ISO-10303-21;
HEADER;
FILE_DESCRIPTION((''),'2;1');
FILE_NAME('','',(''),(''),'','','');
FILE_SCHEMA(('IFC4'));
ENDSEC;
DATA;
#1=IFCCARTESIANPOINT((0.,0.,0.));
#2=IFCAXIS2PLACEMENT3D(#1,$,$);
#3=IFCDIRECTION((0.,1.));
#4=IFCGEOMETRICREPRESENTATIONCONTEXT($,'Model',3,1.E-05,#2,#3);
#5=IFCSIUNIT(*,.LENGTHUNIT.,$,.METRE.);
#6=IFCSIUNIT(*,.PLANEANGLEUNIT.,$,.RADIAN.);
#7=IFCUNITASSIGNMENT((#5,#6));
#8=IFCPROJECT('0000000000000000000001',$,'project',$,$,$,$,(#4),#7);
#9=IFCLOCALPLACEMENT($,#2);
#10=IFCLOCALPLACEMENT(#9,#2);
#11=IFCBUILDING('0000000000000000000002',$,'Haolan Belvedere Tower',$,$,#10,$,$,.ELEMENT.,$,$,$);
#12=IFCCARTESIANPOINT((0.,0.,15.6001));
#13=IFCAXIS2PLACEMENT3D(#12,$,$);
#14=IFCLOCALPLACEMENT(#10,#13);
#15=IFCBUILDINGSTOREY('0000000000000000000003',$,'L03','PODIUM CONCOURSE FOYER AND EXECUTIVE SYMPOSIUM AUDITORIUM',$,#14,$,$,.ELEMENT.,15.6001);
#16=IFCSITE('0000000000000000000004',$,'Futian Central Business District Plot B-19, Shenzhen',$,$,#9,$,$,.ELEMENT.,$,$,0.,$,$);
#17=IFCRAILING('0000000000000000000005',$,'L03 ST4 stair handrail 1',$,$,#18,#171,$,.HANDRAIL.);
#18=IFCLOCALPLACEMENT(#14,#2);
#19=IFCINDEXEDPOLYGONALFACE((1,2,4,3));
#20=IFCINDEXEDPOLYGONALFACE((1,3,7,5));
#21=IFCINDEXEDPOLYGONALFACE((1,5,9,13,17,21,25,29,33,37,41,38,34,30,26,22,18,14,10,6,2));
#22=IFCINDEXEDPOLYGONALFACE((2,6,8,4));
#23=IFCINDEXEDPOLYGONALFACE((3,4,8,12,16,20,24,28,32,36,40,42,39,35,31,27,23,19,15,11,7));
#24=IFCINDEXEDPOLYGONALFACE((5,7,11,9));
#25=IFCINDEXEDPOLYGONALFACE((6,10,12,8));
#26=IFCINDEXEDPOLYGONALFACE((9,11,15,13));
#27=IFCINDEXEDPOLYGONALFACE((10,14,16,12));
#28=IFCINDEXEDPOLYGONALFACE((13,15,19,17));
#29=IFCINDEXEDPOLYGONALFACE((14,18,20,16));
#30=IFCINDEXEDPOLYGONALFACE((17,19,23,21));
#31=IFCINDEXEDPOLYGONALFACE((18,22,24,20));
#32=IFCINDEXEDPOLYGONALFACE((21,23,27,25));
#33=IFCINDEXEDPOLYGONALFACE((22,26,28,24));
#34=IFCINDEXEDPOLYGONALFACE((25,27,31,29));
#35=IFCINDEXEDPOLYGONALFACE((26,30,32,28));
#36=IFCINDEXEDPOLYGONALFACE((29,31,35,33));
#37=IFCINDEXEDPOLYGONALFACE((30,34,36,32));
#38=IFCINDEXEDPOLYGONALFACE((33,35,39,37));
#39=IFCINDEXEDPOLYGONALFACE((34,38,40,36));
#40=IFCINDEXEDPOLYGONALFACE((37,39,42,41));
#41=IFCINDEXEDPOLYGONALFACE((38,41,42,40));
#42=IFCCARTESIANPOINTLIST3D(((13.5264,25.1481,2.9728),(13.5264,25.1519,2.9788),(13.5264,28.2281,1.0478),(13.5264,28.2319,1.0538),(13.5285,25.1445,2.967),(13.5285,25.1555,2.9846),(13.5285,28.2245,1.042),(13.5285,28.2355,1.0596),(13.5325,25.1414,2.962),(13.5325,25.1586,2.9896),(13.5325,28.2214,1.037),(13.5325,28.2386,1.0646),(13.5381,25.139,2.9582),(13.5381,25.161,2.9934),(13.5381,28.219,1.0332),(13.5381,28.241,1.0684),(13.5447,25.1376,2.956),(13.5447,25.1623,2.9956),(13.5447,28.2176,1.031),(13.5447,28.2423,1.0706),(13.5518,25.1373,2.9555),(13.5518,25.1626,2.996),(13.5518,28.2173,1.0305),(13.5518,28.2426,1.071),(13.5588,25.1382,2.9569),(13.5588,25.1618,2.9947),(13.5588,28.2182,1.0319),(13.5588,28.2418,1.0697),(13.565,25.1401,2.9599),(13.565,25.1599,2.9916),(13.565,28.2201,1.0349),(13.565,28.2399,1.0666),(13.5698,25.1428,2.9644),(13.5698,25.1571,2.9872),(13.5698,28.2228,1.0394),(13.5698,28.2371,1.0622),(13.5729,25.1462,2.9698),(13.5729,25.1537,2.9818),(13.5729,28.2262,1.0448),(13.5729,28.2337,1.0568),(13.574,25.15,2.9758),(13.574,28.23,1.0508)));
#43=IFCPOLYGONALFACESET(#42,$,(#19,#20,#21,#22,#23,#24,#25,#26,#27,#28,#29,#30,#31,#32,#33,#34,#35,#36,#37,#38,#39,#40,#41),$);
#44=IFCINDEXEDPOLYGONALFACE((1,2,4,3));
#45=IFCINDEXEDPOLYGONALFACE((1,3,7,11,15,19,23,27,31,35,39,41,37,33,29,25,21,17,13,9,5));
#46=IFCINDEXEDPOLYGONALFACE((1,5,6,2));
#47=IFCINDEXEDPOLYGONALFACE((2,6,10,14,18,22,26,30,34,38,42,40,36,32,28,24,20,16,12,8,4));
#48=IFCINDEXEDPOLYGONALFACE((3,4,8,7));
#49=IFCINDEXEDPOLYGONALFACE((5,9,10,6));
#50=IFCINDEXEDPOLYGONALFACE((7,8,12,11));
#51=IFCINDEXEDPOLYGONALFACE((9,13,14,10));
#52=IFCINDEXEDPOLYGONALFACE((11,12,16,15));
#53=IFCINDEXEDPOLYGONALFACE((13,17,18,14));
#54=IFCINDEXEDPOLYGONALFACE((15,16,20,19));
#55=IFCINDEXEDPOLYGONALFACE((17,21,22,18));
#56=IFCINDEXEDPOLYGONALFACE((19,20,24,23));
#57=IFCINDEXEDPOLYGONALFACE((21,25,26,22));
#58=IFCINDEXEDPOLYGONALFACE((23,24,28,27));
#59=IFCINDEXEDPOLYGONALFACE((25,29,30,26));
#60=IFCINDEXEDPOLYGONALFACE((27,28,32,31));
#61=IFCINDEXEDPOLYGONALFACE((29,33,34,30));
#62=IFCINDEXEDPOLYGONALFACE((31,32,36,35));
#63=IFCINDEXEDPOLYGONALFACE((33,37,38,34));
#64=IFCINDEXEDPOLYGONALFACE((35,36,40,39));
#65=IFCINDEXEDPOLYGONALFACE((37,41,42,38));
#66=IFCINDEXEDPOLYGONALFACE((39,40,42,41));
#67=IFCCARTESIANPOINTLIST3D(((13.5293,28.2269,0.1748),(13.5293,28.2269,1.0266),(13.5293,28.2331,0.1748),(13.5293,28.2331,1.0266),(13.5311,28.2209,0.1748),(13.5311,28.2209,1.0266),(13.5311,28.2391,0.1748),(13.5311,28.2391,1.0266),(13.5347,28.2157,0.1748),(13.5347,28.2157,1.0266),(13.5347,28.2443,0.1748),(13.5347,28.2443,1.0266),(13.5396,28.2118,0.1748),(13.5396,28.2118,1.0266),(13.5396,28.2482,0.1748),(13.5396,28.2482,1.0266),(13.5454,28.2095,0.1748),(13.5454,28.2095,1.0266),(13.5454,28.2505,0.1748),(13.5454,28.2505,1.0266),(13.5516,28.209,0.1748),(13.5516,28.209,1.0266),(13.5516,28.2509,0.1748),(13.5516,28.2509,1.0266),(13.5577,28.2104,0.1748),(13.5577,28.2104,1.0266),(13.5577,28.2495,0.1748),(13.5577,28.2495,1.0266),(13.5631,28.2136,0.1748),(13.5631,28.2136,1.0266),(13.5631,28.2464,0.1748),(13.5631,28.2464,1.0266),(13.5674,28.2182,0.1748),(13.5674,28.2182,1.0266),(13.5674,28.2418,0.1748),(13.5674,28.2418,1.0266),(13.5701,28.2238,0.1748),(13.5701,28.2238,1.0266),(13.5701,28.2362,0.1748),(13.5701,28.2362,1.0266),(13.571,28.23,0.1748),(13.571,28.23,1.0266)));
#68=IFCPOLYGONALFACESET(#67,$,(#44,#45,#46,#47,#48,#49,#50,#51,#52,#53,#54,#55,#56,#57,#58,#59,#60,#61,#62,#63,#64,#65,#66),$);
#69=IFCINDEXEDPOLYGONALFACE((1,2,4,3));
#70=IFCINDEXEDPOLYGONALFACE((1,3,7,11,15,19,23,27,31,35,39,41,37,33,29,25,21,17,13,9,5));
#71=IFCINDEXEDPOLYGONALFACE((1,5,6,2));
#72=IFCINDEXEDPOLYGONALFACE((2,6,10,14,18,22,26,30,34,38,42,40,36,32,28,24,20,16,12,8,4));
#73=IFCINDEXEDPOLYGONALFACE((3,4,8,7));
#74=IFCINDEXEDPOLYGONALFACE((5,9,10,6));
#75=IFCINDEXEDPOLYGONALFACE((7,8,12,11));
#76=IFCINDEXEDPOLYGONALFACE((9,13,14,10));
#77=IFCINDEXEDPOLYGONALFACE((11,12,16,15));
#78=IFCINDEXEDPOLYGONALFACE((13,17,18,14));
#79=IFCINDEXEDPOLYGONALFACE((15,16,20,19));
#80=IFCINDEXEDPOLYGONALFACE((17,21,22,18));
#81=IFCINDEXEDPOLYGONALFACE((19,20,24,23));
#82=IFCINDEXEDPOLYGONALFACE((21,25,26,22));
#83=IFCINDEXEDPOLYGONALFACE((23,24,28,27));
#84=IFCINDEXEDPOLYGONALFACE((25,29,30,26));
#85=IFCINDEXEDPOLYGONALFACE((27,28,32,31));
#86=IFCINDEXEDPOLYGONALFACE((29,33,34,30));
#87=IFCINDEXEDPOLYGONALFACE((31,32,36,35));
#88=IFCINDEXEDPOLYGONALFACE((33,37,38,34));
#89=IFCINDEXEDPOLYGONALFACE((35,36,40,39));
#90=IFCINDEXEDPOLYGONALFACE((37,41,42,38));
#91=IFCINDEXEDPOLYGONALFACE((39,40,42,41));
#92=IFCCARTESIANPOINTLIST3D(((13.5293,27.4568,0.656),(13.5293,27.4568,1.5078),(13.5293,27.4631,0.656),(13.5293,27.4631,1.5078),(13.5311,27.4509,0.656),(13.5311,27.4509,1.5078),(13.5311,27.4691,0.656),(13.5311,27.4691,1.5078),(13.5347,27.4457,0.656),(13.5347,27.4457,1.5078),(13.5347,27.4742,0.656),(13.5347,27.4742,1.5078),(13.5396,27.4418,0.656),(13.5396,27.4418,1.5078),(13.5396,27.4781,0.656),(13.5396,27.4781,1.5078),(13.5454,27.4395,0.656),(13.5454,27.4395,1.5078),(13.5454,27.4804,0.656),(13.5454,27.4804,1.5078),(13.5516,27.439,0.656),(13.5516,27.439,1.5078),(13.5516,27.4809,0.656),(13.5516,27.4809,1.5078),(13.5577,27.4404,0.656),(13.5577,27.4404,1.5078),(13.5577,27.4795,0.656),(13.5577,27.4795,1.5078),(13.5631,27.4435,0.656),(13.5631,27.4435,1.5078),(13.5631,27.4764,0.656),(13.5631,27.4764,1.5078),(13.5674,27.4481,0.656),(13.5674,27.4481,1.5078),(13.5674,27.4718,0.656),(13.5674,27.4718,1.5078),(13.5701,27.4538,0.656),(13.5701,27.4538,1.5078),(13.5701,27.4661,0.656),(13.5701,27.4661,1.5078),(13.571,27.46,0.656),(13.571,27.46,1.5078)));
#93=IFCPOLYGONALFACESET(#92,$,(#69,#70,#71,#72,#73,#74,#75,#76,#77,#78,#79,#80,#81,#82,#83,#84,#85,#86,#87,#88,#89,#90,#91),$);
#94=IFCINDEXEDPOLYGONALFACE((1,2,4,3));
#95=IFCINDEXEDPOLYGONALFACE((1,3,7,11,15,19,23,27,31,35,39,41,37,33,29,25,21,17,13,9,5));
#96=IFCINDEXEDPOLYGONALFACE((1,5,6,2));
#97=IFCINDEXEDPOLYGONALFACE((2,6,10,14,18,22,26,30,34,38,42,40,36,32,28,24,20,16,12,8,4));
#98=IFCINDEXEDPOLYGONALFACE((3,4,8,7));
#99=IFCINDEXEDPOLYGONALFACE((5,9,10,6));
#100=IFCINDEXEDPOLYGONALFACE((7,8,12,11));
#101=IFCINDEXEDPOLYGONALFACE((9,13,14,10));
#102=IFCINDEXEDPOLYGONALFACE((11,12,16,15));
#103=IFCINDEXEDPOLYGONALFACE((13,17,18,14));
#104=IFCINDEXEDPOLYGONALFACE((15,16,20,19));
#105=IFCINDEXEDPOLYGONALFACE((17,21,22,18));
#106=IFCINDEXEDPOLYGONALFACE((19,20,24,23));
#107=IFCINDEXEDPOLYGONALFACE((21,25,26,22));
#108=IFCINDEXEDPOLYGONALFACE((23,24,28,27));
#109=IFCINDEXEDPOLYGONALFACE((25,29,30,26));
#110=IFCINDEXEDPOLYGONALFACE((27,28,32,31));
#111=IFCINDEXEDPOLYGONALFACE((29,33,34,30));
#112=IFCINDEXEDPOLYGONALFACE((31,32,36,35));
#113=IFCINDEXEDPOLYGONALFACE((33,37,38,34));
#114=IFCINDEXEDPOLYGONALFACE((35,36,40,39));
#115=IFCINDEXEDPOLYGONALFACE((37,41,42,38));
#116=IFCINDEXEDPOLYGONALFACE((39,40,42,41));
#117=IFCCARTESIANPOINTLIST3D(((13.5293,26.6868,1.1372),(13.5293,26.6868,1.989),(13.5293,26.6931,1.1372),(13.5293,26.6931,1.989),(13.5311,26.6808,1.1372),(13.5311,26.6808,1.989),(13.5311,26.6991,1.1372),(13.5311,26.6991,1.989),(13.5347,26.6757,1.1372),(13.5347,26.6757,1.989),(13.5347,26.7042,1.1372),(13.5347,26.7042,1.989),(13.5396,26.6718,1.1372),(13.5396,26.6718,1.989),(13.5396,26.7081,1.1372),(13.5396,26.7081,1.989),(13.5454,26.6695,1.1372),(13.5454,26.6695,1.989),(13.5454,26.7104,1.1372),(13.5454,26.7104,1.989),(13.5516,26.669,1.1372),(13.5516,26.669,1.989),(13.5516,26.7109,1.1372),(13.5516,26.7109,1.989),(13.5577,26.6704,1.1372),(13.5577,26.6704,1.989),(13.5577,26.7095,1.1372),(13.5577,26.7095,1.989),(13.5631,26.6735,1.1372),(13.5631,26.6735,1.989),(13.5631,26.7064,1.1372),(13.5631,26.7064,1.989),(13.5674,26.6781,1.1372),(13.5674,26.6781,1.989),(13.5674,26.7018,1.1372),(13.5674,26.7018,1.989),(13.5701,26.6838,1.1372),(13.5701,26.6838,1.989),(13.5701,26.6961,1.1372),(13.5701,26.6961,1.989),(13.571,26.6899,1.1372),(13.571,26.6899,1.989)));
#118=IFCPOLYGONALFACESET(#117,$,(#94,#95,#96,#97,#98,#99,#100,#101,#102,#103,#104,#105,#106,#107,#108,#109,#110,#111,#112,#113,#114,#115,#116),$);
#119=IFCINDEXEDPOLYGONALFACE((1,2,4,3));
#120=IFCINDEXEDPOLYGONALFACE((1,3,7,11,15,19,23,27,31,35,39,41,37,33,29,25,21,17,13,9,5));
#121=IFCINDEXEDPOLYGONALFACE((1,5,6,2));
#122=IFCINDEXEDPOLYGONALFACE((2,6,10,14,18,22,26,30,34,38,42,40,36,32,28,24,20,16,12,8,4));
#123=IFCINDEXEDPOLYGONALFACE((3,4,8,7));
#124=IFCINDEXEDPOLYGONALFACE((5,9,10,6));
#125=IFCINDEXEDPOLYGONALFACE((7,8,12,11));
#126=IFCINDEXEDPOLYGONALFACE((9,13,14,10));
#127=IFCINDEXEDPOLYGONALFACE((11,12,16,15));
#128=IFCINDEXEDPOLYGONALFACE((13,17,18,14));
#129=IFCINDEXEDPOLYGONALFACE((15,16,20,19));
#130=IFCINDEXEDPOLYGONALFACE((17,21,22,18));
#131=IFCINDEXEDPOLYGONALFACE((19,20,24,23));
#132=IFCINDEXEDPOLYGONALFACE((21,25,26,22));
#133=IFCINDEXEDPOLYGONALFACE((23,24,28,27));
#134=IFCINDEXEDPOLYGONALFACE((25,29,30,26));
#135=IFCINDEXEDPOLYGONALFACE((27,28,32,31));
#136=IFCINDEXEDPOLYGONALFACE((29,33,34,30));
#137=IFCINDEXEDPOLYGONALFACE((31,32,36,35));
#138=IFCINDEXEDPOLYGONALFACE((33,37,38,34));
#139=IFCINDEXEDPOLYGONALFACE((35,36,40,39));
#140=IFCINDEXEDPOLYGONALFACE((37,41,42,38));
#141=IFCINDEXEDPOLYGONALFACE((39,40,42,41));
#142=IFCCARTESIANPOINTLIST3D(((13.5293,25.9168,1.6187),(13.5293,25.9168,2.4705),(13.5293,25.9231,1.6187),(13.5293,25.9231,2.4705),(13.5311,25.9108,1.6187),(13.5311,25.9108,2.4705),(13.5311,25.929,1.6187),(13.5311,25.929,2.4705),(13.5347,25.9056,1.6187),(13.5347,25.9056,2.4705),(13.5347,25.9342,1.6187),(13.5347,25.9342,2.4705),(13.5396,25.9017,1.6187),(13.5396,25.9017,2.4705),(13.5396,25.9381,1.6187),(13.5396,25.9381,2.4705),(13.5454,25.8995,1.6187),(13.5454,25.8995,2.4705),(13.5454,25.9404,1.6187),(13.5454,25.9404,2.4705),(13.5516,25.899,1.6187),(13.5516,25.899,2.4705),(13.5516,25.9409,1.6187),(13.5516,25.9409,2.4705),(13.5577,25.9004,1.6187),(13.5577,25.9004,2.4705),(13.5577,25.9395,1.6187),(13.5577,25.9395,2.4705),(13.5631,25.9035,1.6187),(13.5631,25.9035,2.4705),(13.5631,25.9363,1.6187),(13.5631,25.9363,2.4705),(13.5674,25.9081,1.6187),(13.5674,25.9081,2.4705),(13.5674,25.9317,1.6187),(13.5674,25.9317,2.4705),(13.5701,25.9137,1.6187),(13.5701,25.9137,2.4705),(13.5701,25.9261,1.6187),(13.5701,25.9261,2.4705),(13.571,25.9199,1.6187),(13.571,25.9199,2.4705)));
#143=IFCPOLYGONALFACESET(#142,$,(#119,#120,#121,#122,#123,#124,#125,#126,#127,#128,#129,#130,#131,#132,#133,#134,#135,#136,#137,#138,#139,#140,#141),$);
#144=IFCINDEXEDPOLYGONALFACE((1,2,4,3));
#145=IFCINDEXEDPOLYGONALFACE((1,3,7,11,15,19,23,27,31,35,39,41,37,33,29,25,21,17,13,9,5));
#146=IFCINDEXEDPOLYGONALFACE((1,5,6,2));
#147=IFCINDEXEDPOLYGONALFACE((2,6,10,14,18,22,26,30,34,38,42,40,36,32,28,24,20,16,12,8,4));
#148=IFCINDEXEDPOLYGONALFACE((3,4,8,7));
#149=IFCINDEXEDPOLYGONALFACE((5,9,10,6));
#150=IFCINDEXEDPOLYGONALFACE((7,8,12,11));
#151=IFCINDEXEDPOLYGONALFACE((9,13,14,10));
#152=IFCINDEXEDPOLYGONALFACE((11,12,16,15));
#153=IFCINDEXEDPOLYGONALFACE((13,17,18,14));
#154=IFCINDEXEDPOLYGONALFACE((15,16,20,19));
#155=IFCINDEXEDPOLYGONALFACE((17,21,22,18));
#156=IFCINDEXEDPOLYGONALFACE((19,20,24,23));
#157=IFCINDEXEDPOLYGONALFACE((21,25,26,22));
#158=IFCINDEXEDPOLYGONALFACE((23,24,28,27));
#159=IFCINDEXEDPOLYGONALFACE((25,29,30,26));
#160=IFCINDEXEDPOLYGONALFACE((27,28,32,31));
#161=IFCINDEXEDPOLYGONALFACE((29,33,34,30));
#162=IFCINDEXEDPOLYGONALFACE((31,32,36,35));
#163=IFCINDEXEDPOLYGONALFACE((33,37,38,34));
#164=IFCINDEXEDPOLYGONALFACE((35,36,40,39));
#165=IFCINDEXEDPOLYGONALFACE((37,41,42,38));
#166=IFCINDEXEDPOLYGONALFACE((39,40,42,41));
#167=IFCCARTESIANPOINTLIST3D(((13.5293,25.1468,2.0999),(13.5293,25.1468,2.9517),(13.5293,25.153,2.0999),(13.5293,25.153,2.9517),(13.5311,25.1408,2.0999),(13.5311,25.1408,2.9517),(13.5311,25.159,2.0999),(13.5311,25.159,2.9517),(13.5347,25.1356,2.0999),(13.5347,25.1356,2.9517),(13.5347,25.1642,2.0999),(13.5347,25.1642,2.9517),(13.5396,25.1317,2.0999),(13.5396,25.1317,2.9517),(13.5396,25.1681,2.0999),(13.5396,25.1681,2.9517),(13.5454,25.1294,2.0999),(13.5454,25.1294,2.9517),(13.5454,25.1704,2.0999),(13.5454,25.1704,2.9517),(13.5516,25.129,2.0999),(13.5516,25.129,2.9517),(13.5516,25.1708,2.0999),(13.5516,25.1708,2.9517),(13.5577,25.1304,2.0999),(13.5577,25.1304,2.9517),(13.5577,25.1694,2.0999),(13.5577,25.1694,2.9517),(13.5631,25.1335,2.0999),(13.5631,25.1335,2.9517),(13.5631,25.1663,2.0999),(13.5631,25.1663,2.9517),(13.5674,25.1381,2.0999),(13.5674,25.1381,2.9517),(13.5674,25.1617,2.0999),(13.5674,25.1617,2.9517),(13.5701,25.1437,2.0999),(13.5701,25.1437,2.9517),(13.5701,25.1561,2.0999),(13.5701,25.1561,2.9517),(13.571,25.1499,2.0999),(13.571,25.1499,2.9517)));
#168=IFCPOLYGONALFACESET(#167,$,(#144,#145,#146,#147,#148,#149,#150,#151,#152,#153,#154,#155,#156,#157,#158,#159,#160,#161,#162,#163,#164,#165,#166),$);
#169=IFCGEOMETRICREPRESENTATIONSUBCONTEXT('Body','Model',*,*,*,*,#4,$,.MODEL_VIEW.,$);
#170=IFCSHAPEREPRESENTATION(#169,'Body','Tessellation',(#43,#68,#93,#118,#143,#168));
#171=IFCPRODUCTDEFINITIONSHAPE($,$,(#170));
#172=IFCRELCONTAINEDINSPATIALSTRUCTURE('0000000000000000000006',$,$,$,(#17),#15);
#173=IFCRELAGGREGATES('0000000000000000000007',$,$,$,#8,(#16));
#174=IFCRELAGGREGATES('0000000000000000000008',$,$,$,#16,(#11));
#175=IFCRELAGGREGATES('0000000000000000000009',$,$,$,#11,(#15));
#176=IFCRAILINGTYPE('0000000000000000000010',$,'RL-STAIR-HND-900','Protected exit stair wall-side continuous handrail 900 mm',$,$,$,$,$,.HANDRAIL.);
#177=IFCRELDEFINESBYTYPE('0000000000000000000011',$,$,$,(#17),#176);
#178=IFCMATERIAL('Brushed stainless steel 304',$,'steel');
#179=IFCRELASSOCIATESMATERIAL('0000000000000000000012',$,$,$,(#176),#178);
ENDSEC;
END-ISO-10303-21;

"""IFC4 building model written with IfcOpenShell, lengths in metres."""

from ifc_helpers import new_model, si_unit, direction, frame, origin, origin_2d, place, context, subcontext, project, spatial, circle, extrude, material, type_object, element, save


model = new_model("IFC4")

# Units and contexts
model_context = context("Model", 3, precision=1e-05, world=origin(), true_north=direction((0.0, 1.0)))
body_context = subcontext(model_context, "Body", "Model", "MODEL_VIEW")
ifc_project = project(units=[si_unit("LENGTHUNIT", "METRE"), si_unit("PLANEANGLEUNIT", "RADIAN")], contexts=[model_context])

# Site, building, storey
site_placement = place(None, origin())
site = spatial("IfcSite", under=ifc_project, at=site_placement, Name="Futian Central Business District Plot B-19, Shenzhen", CompositionType="ELEMENT", RefElevation=0.0)
building_placement = place(site_placement, origin())
building = spatial("IfcBuilding", under=site, at=building_placement, Name="Haolan Belvedere Tower", CompositionType="ELEMENT")
storey_placement = place(building_placement, frame((0.0, 0.0, 15.6001)))
storey = spatial("IfcBuildingStorey", under=building, at=storey_placement, Name="L03", Description="PODIUM CONCOURSE FOYER AND EXECUTIVE SYMPOSIUM AUDITORIUM", CompositionType="ELEMENT", Elevation=15.6001)

# Railing
ifc_material_1 = material(Name="Brushed stainless steel 304", Category="steel")
railing_type_1 = type_object("IfcRailingType", Name="RL-STAIR-HND-900", Description="Protected exit stair wall-side continuous handrail 900 mm", PredefinedType="HANDRAIL", material=ifc_material_1)
railing_1_placement = place(storey_placement, frame((13.55, 28.23, 0.1748)))
element("IfcRailing", 1, at=railing_1_placement, inside=storey, type_object=railing_type_1, Name="L03 ST4 stair handrail 1", PredefinedType="HANDRAIL", context=body_context, shape_type="SweptSolid", body=[
    extrude(circle(Radius=0.0239, at=origin_2d()), frame((0.0, 0.0, 0.876), z_axis=(0.0, -0.847998, 0.529999), x_axis=(1.0, 0.0, 0.0)), (0.0, 0.0, 1.0), 3.6321),
    extrude(circle(Radius=0.021, at=origin_2d()), origin(), (0.0, 0.0, 1.0), 0.8518),
    extrude(circle(Radius=0.021, at=origin_2d()), frame((0.0, -0.77, 0.4812)), (0.0, 0.0, 1.0), 0.8518),
    extrude(circle(Radius=0.021, at=origin_2d()), frame((0.0, -1.54, 0.9624)), (0.0, 0.0, 1.0), 0.8518),
    extrude(circle(Radius=0.021, at=origin_2d()), frame((0.0, -2.3101, 1.4438)), (0.0, 0.0, 1.0), 0.8518),
    extrude(circle(Radius=0.021, at=origin_2d()), frame((0.0, -3.0801, 1.925)), (0.0, 0.0, 1.0), 0.8518),
])

save(model, "model.ifc")
